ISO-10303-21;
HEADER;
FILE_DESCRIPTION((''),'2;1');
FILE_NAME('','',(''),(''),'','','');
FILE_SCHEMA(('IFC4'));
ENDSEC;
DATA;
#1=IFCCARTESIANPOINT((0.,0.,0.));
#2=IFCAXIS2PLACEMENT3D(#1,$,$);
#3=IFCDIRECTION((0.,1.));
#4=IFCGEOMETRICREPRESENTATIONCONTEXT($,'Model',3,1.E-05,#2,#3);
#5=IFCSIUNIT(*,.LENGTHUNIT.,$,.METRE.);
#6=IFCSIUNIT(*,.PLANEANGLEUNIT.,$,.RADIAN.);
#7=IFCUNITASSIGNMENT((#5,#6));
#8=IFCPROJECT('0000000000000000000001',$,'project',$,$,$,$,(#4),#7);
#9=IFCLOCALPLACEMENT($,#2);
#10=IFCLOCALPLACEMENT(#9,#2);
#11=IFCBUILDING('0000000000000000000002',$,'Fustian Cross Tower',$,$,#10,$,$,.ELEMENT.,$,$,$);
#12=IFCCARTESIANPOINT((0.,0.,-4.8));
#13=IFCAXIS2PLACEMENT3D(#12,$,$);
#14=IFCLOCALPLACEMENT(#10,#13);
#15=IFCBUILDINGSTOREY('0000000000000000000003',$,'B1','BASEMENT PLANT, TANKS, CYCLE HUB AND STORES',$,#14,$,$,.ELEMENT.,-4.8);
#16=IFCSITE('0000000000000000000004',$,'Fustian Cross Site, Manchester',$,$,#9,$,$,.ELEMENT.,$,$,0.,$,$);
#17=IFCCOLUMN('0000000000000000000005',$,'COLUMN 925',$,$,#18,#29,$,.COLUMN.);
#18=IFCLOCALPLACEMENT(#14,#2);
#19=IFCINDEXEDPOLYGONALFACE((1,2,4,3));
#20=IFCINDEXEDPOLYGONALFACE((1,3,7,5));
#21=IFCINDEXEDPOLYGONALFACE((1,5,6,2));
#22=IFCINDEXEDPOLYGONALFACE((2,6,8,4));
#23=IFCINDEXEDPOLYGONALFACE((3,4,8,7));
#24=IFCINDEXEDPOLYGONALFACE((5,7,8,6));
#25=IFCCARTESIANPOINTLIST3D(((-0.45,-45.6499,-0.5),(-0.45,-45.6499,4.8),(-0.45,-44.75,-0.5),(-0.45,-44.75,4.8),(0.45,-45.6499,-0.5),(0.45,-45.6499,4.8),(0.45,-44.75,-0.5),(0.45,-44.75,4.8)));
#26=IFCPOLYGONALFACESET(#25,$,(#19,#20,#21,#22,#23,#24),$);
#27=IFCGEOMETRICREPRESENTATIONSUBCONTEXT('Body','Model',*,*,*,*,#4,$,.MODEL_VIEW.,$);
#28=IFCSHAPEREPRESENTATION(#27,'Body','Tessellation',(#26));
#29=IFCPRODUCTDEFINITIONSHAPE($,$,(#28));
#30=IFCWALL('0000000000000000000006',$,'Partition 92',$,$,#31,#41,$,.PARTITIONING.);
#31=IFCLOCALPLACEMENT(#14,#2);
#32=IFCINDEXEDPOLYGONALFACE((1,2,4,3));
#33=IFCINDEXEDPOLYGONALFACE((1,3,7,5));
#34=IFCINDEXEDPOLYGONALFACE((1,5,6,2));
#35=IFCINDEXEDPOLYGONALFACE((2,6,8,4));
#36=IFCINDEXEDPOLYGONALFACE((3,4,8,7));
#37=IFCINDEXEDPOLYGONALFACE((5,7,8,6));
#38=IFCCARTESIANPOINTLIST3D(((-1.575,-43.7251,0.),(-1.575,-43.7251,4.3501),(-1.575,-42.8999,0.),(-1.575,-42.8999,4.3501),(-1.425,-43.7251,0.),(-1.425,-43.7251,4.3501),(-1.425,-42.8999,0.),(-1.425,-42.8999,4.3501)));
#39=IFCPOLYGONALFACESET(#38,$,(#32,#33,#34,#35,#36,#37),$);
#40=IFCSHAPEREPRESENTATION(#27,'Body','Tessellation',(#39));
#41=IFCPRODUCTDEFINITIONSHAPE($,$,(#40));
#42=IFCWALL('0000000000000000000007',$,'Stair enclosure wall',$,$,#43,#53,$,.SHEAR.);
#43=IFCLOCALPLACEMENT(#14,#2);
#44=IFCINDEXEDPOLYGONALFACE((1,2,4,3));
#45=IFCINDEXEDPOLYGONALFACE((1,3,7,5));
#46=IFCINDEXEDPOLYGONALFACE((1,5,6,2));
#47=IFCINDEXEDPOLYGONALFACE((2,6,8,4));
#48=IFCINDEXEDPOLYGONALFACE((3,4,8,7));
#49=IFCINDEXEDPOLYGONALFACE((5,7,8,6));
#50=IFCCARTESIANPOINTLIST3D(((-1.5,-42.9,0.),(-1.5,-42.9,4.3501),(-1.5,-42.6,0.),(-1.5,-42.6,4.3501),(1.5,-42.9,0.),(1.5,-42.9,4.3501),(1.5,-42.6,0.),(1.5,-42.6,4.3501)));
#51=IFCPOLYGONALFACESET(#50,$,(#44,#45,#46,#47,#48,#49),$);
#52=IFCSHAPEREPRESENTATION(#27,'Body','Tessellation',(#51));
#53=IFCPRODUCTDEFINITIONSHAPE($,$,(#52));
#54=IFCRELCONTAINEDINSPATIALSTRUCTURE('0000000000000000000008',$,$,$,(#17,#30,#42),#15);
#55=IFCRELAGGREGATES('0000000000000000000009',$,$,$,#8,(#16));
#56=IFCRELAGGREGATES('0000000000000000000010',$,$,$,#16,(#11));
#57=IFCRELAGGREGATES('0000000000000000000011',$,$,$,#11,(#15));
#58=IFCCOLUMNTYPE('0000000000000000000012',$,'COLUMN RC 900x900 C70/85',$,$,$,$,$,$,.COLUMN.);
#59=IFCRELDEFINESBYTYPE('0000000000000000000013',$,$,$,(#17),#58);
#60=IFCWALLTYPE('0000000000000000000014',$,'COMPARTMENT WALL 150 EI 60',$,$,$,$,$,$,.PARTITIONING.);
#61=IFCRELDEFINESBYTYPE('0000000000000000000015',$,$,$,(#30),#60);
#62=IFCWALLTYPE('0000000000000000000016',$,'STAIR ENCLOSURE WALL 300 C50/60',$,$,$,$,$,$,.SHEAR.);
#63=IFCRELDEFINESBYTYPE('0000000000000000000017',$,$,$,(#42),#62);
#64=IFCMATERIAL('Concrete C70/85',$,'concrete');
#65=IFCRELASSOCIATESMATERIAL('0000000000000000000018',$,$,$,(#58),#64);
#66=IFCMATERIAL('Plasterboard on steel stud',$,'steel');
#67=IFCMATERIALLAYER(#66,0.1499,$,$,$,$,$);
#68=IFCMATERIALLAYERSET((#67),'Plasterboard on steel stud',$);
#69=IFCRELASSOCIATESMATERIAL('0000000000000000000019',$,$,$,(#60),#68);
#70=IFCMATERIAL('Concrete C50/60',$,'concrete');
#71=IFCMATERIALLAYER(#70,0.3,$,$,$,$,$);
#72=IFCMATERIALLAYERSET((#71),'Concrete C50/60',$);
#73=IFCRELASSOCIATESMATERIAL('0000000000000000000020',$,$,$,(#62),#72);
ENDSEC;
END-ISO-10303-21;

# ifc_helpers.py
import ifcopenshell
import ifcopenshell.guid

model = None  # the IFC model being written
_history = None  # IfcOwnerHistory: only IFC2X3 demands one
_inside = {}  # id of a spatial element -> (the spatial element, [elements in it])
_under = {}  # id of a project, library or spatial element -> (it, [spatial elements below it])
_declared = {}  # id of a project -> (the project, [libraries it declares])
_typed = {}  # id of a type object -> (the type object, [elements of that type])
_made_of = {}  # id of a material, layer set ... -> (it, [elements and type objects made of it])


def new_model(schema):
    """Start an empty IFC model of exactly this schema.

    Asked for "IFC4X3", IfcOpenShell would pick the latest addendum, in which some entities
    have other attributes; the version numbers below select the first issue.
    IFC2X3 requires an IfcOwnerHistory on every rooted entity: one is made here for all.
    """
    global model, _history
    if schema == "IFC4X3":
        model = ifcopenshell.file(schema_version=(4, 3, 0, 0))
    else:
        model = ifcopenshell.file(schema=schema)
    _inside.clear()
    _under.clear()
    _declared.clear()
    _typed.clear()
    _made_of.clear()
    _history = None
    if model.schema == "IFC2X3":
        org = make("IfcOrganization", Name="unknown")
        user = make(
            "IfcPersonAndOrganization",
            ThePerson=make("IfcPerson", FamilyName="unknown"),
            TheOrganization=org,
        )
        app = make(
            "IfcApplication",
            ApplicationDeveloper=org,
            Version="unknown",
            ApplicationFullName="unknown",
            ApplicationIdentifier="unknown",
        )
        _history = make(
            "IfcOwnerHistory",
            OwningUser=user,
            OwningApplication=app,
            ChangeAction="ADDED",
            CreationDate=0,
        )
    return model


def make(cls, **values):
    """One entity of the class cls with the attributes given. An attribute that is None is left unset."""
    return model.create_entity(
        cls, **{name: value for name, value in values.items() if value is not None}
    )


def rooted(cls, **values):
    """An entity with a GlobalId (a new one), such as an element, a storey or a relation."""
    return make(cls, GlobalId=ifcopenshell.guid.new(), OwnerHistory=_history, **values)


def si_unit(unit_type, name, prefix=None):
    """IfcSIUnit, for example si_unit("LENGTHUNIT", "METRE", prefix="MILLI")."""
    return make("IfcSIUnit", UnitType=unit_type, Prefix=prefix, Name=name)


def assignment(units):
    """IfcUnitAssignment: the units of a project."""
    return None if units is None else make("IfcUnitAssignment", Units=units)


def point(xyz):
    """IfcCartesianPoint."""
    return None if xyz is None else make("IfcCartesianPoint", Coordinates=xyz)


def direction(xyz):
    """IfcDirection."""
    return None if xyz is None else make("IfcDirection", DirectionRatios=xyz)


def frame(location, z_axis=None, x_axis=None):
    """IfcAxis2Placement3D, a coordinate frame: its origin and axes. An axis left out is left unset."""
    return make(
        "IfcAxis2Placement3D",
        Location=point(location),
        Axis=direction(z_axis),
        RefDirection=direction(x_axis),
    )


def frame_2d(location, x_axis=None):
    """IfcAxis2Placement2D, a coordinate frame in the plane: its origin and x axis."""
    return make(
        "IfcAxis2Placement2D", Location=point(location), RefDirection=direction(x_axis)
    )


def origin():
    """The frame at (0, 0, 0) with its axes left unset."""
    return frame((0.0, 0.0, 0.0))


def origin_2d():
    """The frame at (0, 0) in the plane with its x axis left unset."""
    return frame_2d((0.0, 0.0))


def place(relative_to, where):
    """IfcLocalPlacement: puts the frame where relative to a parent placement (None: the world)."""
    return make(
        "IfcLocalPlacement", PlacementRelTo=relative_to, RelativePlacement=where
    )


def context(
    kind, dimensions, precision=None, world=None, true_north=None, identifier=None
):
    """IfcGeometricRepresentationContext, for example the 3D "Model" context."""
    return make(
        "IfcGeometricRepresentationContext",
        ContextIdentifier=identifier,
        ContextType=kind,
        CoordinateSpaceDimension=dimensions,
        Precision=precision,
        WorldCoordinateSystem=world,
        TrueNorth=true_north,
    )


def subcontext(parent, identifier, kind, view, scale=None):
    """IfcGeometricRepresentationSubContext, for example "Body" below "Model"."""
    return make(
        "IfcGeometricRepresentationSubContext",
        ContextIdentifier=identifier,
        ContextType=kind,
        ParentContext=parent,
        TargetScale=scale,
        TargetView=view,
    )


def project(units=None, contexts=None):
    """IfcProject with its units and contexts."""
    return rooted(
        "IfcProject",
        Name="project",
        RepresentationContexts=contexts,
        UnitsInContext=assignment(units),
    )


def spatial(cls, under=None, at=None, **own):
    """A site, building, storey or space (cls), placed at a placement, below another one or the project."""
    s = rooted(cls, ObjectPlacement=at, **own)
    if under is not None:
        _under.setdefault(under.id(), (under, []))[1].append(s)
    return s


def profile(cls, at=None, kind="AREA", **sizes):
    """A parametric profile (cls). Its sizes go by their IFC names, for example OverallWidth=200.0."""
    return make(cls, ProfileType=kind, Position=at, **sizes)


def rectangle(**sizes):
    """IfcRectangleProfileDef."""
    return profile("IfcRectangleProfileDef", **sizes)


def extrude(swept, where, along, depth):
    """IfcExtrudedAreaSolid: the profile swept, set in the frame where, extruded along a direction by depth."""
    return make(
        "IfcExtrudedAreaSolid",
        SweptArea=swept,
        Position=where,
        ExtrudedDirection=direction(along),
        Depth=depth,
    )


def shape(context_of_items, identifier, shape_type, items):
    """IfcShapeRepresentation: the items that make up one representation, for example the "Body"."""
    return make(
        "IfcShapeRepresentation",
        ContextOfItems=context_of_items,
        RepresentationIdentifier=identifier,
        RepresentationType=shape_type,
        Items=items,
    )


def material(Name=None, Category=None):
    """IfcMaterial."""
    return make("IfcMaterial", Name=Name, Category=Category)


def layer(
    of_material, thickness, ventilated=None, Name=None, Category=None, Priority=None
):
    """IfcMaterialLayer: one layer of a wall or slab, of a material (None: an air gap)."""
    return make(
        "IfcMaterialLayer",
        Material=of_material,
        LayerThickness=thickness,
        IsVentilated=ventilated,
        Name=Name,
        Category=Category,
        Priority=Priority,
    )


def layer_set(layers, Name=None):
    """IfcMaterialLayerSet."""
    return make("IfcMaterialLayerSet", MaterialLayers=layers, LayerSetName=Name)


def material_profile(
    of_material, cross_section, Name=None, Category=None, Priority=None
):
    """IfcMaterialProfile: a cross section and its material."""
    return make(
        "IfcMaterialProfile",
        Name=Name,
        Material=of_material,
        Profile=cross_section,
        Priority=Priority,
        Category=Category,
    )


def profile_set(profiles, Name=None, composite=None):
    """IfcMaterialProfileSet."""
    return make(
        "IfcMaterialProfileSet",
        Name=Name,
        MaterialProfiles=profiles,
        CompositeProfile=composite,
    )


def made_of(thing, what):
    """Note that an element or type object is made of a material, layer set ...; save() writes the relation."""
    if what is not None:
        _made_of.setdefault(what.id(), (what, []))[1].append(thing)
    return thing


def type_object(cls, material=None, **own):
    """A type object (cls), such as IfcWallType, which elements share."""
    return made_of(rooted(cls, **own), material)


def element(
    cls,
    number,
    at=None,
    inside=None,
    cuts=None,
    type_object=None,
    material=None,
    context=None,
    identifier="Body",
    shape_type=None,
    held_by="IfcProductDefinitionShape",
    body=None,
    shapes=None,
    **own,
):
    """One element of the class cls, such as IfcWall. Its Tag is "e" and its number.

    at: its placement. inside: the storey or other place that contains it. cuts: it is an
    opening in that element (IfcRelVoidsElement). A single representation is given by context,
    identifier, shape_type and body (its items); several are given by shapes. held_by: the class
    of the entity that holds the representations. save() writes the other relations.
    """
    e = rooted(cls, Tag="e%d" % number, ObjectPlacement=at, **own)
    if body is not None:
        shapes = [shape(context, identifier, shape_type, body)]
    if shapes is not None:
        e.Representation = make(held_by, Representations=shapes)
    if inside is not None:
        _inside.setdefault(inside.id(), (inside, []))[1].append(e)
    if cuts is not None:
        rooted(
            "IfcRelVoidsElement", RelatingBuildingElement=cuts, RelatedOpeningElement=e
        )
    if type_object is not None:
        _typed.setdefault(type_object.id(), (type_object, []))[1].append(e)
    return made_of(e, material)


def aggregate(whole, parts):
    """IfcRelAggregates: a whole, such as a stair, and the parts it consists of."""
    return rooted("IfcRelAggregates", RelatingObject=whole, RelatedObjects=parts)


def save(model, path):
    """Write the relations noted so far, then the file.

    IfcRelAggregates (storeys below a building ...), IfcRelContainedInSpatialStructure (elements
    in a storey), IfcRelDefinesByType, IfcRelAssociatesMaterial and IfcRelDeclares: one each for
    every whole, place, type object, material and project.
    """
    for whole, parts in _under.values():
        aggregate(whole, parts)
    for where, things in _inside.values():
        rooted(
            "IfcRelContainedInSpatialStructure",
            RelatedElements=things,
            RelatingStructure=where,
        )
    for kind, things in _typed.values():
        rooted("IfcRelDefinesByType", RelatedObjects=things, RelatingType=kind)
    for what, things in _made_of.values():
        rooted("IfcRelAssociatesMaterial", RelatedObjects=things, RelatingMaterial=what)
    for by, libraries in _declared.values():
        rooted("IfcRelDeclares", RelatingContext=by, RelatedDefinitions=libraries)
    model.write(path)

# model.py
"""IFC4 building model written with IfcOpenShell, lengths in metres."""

from ifc_helpers import new_model, si_unit, direction, frame, frame_2d, origin, origin_2d, place, context, subcontext, project, spatial, rectangle, extrude, material, layer, layer_set, material_profile, profile_set, type_object, element, save


model = new_model("IFC4")

# Units and contexts
model_context = context("Model", 3, precision=1e-05, world=origin(), true_north=direction((0.0, 1.0)))
body_context = subcontext(model_context, "Body", "Model", "MODEL_VIEW")
ifc_project = project(units=[si_unit("LENGTHUNIT", "METRE"), si_unit("PLANEANGLEUNIT", "RADIAN")], contexts=[model_context])

# Site, building, storey
site_placement = place(None, origin())
site = spatial("IfcSite", under=ifc_project, at=site_placement, Name="Fustian Cross Site, Manchester", CompositionType="ELEMENT", RefElevation=0.0)
building_placement = place(site_placement, origin())
building = spatial("IfcBuilding", under=site, at=building_placement, Name="Fustian Cross Tower", CompositionType="ELEMENT")
storey_placement = place(building_placement, frame((0.0, 0.0, -4.8)))
storey = spatial("IfcBuildingStorey", under=building, at=storey_placement, Name="B1", Description="BASEMENT PLANT, TANKS, CYCLE HUB AND STORES", CompositionType="ELEMENT", Elevation=-4.8)

# Column
ifc_material_1 = material(Name="Concrete C70/85", Category="concrete")
ifc_material_profile_1 = material_profile(ifc_material_1, rectangle(XDim=0.8999, YDim=0.8999, at=origin_2d()), Name="RC 900x900")
ifc_profile_set_1 = profile_set([ifc_material_profile_1], Name="Concrete C70/85")
column_type_1 = type_object("IfcColumnType", Name="COLUMN RC 900x900 C70/85", PredefinedType="COLUMN", material=ifc_profile_set_1)
for number, where, z_axis, x_axis, name in (
    (1, (0.0, -45.2, -0.5), (0.0, 0.0, 1.0), (1.0, 0.0, 0.0), "COLUMN 925"),
):
    element("IfcColumn", number, at=place(storey_placement, frame(where, z_axis=z_axis, x_axis=x_axis)), inside=storey, type_object=column_type_1, Name=name, PredefinedType="COLUMN", context=body_context, shape_type="SweptSolid", body=[
        extrude(rectangle(XDim=0.8999, YDim=0.8999, at=origin_2d()), origin(), (0.0, 0.0, 1.0), 5.3),
    ])

# Walls
ifc_material_2 = material(Name="Plasterboard on steel stud", Category="steel")
ifc_layer_1 = layer(ifc_material_2, 0.1499)
ifc_layer_set_1 = layer_set([ifc_layer_1], Name="Plasterboard on steel stud")
wall_type_1 = type_object("IfcWallType", Name="COMPARTMENT WALL 150 EI 60", PredefinedType="PARTITIONING", material=ifc_layer_set_1)
wall_1_placement = place(storey_placement, frame((-1.5, -43.7251, 0.0), z_axis=(0.0, 0.0, 1.0), x_axis=(0.0, 1.0, 0.0)))
element("IfcWall", 2, at=wall_1_placement, inside=storey, type_object=wall_type_1, Name="Partition 92", PredefinedType="PARTITIONING", context=body_context, shape_type="SweptSolid", body=[
    extrude(rectangle(XDim=0.8252, YDim=0.1499, at=frame_2d((0.4126, 0.0))), origin(), (0.0, 0.0, 1.0), 4.3501),
])
ifc_material_3 = material(Name="Concrete C50/60", Category="concrete")
ifc_layer_2 = layer(ifc_material_3, 0.3)
ifc_layer_set_2 = layer_set([ifc_layer_2], Name="Concrete C50/60")
wall_type_2 = type_object("IfcWallType", Name="STAIR ENCLOSURE WALL 300 C50/60", PredefinedType="SHEAR", material=ifc_layer_set_2)
wall_2_placement = place(storey_placement, frame((-1.5, -42.75, 0.0), z_axis=(0.0, 0.0, 1.0), x_axis=(1.0, 0.0, 0.0)))
element("IfcWall", 3, at=wall_2_placement, inside=storey, type_object=wall_type_2, Name="Stair enclosure wall", PredefinedType="SHEAR", context=body_context, shape_type="SweptSolid", body=[
    extrude(rectangle(XDim=3.0, YDim=0.3, at=frame_2d((1.5, 0.0))), origin(), (0.0, 0.0, 1.0), 4.3501),
])

save(model, "model.ifc")
